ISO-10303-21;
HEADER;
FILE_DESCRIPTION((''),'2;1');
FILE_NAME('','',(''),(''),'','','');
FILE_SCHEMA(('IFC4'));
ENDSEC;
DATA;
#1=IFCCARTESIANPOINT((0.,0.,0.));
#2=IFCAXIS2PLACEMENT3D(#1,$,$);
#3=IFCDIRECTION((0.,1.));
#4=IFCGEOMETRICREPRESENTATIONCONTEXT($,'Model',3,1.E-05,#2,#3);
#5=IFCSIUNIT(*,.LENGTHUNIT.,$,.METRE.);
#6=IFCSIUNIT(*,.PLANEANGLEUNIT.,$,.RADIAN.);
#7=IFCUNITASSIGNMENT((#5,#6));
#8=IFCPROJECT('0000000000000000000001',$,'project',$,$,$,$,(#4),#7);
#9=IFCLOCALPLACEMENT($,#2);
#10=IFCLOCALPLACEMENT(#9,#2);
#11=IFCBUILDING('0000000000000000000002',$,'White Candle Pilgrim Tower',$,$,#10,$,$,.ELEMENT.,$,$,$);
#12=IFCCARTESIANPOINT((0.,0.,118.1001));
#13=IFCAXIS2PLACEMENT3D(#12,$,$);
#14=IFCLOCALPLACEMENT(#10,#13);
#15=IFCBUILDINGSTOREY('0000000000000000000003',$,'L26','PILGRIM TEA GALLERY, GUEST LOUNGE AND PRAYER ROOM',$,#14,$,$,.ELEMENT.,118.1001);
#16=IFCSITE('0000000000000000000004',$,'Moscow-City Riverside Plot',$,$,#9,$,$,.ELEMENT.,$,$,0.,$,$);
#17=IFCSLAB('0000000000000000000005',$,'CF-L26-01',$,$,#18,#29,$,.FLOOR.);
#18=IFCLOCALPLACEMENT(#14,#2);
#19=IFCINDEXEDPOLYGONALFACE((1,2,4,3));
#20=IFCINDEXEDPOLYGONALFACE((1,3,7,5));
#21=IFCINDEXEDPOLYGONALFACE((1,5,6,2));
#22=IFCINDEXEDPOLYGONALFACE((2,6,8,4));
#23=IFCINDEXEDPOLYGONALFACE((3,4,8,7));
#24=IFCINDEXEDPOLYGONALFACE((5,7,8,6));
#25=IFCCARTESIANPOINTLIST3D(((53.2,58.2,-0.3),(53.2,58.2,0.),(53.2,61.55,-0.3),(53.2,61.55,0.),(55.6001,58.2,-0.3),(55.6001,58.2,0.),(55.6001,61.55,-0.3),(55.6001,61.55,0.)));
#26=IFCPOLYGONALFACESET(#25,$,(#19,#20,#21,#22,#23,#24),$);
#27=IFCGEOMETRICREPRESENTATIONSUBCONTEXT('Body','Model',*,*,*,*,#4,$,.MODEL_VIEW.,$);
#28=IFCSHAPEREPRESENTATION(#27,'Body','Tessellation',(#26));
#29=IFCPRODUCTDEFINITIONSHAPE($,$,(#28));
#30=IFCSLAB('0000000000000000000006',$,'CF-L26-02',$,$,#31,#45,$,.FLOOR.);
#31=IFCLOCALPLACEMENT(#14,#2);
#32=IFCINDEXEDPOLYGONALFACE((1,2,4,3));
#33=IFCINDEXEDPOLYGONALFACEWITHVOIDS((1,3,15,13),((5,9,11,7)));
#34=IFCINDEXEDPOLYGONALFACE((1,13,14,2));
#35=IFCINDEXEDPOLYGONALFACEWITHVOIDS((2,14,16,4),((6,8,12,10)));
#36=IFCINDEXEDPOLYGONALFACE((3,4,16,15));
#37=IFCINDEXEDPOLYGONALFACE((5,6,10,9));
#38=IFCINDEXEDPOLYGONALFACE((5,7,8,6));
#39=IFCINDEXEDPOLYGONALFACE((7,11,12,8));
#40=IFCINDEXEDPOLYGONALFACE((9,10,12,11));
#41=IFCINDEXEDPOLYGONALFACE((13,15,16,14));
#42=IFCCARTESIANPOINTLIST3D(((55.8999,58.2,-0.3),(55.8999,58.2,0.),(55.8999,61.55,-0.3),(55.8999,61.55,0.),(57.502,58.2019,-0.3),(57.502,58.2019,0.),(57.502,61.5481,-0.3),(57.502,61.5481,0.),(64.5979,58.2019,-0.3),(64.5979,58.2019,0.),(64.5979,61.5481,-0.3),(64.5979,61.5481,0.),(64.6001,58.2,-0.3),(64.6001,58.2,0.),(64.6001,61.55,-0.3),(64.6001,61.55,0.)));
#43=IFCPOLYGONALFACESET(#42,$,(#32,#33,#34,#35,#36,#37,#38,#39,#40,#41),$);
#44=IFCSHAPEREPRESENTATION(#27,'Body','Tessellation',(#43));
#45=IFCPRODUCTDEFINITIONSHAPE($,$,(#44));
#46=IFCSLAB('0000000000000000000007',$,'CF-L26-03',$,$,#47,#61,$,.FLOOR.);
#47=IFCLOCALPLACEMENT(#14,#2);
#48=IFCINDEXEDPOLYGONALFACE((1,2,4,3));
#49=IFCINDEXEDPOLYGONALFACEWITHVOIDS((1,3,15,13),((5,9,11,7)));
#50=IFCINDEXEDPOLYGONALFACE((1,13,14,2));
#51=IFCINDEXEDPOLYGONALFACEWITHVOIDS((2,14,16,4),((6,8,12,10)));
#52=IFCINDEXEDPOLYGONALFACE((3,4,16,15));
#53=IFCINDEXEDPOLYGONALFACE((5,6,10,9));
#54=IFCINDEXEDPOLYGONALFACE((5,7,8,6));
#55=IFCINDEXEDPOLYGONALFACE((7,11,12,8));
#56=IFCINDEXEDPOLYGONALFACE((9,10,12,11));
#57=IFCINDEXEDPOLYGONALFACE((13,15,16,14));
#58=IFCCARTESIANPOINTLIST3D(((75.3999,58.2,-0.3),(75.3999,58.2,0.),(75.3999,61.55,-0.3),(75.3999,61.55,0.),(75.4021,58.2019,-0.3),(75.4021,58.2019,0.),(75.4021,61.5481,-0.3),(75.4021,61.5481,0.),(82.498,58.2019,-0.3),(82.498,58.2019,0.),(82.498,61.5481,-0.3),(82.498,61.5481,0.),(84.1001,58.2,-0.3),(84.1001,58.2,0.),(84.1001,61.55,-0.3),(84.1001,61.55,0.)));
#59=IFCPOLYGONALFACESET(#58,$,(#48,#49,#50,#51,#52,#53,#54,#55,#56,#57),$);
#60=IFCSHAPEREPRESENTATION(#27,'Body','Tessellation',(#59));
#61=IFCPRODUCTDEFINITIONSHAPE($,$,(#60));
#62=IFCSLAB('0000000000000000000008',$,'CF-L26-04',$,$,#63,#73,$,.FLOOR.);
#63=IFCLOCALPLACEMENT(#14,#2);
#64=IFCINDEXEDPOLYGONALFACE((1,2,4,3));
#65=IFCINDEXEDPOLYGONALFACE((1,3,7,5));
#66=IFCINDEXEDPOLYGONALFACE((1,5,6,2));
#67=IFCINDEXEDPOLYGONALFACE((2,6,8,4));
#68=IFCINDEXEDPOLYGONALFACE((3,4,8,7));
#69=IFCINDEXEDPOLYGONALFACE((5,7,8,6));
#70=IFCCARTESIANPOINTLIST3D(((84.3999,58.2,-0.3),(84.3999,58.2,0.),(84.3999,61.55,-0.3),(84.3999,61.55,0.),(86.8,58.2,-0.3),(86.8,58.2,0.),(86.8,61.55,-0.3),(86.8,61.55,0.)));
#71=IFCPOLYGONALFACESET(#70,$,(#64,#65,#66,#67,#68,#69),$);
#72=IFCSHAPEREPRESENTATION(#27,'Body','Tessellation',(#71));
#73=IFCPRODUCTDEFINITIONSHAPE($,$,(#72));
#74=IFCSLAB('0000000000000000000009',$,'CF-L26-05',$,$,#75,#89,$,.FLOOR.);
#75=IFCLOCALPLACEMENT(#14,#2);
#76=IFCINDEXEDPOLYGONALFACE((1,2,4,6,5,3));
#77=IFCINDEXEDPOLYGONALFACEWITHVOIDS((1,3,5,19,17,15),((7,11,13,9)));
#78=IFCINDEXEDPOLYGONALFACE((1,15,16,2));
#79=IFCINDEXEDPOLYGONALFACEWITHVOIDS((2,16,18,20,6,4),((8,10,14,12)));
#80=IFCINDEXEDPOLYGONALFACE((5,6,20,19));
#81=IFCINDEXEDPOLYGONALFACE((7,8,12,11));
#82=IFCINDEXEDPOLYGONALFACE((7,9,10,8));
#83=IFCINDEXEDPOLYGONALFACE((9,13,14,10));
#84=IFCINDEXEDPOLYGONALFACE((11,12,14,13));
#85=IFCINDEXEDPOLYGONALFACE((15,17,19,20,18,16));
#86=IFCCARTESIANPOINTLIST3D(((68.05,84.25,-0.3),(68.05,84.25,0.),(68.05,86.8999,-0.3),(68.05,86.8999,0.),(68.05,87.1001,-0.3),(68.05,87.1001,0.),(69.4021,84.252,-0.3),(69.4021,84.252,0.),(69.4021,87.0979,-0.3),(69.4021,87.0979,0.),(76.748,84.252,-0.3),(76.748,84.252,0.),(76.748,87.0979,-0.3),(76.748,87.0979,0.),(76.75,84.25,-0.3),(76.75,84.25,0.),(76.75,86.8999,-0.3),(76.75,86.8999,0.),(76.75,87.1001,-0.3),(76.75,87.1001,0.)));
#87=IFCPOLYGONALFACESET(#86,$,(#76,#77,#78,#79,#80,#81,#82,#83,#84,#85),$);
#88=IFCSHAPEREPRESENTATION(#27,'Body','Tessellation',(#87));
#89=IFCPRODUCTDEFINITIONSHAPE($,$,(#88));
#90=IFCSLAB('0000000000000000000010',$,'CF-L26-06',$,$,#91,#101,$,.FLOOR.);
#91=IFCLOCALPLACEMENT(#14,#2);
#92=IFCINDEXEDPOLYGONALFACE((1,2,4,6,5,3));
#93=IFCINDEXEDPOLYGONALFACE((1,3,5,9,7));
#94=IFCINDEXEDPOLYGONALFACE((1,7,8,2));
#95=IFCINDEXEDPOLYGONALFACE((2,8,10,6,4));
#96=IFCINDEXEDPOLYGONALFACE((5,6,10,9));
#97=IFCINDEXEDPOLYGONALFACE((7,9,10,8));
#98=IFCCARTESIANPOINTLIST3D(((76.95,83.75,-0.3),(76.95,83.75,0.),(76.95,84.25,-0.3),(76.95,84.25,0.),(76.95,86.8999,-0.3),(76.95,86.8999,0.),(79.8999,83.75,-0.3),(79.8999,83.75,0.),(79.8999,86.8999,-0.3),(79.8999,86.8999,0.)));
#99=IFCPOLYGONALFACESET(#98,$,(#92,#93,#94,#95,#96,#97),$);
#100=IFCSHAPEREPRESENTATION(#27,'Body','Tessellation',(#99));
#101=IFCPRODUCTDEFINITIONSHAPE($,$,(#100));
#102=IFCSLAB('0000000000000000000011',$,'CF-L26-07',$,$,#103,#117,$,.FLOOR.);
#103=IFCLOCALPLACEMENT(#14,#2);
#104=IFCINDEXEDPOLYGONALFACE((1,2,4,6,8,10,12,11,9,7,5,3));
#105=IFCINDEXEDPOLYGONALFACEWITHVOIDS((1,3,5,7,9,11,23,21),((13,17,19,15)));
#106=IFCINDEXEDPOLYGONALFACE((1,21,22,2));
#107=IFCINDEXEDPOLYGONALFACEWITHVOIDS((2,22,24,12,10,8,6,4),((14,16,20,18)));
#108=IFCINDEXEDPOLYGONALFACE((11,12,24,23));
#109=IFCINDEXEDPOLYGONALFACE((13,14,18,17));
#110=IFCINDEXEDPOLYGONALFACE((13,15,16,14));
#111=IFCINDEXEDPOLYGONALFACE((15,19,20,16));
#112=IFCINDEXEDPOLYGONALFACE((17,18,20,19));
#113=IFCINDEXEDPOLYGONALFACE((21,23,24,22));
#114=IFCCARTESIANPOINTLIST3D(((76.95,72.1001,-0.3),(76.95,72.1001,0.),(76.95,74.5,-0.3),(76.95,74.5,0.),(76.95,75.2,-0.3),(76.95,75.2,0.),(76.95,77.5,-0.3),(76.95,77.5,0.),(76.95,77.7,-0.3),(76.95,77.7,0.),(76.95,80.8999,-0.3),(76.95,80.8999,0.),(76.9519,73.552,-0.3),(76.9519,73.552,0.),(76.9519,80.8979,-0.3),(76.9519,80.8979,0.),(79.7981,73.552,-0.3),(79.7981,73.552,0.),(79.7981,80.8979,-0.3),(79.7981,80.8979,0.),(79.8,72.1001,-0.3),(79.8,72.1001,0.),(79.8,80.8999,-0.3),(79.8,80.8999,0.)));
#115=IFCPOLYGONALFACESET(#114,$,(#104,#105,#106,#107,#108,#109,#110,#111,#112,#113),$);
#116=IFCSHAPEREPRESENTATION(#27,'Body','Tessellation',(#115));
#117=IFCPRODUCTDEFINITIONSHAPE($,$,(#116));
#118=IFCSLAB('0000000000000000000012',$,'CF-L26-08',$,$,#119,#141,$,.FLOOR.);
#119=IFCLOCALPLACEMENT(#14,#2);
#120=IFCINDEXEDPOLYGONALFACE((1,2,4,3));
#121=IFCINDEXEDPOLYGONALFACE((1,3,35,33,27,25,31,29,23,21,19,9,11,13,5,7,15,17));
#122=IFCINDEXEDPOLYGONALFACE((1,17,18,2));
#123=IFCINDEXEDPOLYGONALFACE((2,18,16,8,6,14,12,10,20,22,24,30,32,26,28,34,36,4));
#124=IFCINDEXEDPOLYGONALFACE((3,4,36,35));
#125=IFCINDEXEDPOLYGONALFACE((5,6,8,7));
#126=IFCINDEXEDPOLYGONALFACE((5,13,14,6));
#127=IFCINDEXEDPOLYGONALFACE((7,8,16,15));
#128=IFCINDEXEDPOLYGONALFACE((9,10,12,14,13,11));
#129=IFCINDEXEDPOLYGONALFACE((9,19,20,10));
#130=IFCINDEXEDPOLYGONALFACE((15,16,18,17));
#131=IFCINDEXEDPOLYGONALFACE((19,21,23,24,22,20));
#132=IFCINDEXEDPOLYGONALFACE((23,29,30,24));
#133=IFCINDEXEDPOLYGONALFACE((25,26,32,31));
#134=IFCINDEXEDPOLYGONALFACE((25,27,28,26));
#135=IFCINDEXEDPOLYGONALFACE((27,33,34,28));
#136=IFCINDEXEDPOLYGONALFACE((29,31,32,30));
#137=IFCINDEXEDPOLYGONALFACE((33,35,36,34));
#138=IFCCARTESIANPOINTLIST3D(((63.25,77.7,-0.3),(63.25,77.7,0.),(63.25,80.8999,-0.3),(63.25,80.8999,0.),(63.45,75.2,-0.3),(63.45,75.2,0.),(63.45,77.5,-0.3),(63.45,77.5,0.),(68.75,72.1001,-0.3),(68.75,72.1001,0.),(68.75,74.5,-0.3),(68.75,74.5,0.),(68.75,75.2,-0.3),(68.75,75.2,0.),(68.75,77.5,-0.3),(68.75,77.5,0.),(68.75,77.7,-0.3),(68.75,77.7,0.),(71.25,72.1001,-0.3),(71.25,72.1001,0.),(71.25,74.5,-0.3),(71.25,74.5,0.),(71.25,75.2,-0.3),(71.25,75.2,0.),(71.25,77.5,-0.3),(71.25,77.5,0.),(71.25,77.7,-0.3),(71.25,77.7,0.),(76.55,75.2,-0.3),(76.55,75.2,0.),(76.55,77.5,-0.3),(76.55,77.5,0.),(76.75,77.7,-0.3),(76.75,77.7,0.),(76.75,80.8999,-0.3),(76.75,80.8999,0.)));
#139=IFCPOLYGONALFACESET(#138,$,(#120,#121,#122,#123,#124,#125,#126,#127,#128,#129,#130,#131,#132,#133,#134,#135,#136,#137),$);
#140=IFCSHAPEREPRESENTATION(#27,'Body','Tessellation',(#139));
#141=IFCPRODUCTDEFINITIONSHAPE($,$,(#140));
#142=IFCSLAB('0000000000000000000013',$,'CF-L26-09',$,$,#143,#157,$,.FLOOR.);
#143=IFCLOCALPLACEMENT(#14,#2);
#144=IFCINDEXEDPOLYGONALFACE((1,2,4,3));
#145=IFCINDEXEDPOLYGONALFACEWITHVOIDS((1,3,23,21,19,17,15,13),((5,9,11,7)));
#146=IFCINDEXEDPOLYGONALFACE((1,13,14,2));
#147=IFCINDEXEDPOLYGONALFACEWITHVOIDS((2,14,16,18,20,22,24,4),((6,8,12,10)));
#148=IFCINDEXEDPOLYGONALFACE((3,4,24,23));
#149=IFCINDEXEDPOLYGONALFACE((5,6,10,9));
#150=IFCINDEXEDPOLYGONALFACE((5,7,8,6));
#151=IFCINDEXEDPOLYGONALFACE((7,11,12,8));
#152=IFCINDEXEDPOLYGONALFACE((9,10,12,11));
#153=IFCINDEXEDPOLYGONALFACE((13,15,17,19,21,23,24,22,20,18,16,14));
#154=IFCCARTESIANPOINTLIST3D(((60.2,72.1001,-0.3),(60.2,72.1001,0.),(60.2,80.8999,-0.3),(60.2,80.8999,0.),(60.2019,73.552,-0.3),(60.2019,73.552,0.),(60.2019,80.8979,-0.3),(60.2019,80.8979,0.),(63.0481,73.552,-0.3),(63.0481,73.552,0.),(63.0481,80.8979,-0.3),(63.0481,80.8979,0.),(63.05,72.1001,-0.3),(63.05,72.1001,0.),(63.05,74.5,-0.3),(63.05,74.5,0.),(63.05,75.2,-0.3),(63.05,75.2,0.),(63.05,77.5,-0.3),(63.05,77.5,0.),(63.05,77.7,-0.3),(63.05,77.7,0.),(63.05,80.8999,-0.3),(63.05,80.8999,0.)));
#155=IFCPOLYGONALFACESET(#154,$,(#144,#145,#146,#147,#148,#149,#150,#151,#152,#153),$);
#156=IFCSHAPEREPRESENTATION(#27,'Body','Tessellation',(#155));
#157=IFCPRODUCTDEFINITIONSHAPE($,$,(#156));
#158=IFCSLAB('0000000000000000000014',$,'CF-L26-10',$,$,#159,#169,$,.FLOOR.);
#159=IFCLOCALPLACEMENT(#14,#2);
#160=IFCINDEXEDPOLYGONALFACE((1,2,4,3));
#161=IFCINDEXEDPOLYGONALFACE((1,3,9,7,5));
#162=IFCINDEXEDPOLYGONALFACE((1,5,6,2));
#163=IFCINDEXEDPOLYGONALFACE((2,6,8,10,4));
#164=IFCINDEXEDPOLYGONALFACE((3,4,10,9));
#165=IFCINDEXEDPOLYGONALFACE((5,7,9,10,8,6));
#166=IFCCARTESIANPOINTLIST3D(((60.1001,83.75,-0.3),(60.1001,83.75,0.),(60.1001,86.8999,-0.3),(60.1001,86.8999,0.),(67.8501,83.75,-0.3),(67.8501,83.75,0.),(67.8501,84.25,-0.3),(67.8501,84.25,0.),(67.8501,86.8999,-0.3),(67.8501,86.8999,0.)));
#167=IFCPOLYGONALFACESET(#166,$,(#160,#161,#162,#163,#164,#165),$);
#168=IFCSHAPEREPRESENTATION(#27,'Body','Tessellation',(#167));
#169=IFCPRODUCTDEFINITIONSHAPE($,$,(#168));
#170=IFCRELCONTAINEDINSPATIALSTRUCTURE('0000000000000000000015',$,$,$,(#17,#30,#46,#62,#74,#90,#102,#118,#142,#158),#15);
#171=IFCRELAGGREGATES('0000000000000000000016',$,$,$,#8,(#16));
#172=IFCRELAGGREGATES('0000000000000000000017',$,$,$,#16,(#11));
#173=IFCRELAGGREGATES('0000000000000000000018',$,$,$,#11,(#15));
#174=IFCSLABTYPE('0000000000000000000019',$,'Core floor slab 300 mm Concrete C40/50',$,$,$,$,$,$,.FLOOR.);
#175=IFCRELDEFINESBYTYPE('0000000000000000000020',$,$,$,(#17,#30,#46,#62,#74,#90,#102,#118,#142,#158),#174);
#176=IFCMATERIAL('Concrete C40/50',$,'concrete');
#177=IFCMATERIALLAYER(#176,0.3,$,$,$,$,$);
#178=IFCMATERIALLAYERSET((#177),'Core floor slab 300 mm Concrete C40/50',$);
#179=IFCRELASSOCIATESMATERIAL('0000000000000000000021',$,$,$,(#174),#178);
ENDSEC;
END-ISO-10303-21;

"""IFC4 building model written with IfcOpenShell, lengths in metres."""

from ifc_helpers import new_model, si_unit, direction, frame, origin, place, context, subcontext, project, spatial, polyline, outline, extrude, material, layer, layer_set, type_object, element, save


model = new_model("IFC4")

# Units and contexts
model_context = context("Model", 3, precision=1e-05, world=origin(), true_north=direction((0.0, 1.0)))
body_context = subcontext(model_context, "Body", "Model", "MODEL_VIEW")
ifc_project = project(units=[si_unit("LENGTHUNIT", "METRE"), si_unit("PLANEANGLEUNIT", "RADIAN")], contexts=[model_context])

# Site, building, storey
site_placement = place(None, origin())
site = spatial("IfcSite", under=ifc_project, at=site_placement, Name="Moscow-City Riverside Plot", CompositionType="ELEMENT", RefElevation=0.0)
building_placement = place(site_placement, origin())
building = spatial("IfcBuilding", under=site, at=building_placement, Name="White Candle Pilgrim Tower", CompositionType="ELEMENT")
storey_placement = place(building_placement, frame((0.0, 0.0, 118.1001)))
storey = spatial("IfcBuildingStorey", under=building, at=storey_placement, Name="L26", Description="PILGRIM TEA GALLERY, GUEST LOUNGE AND PRAYER ROOM", CompositionType="ELEMENT", Elevation=118.1001)

# Slabs
ifc_material = material(Name="Concrete C40/50", Category="concrete")
ifc_layer_1 = layer(ifc_material, 0.3)
ifc_layer_set_1 = layer_set([ifc_layer_1], Name="Core floor slab 300 mm Concrete C40/50")
slab_type_1 = type_object("IfcSlabType", Name="Core floor slab 300 mm Concrete C40/50", PredefinedType="FLOOR", material=ifc_layer_set_1)
slab_1_placement = place(storey_placement, frame((0.0, 0.0, -0.3)))
element("IfcSlab", 1, at=slab_1_placement, inside=storey, type_object=slab_type_1, Name="CF-L26-01", PredefinedType="FLOOR", context=body_context, shape_type="SweptSolid", body=[
    extrude(outline(polyline([(55.6001, 58.2), (53.2, 58.2), (53.2, 61.55), (55.6001, 61.55), (55.6001, 58.2)])), origin(), (0.0, 0.0, 1.0), 0.3),
])
slab_2_placement = place(storey_placement, frame((0.0, 0.0, -0.3)))
element("IfcSlab", 2, at=slab_2_placement, inside=storey, type_object=slab_type_1, Name="CF-L26-02", PredefinedType="FLOOR", context=body_context, shape_type="SweptSolid", body=[
    extrude(outline(polyline([(55.8999, 58.2), (55.8999, 61.55), (64.6001, 61.55), (64.6001, 58.2), (55.8999, 58.2)]), holes=[polyline([(57.502, 61.5481), (57.502, 58.2019), (64.5979, 58.2019), (64.5979, 61.5481), (57.502, 61.5481)])]), origin(), (0.0, 0.0, 1.0), 0.3),
])
slab_3_placement = place(storey_placement, frame((0.0, 0.0, -0.3)))
element("IfcSlab", 3, at=slab_3_placement, inside=storey, type_object=slab_type_1, Name="CF-L26-03", PredefinedType="FLOOR", context=body_context, shape_type="SweptSolid", body=[
    extrude(outline(polyline([(75.3999, 58.2), (75.3999, 61.55), (84.1001, 61.55), (84.1001, 58.2), (75.3999, 58.2)]), holes=[polyline([(82.498, 58.2019), (82.498, 61.5481), (75.4021, 61.5481), (75.4021, 58.2019), (82.498, 58.2019)])]), origin(), (0.0, 0.0, 1.0), 0.3),
])
slab_4_placement = place(storey_placement, frame((0.0, 0.0, -0.3)))
element("IfcSlab", 4, at=slab_4_placement, inside=storey, type_object=slab_type_1, Name="CF-L26-04", PredefinedType="FLOOR", context=body_context, shape_type="SweptSolid", body=[
    extrude(outline(polyline([(86.8, 58.2), (84.3999, 58.2), (84.3999, 61.55), (86.8, 61.55), (86.8, 58.2)])), origin(), (0.0, 0.0, 1.0), 0.3),
])
slab_5_placement = place(storey_placement, frame((0.0, 0.0, -0.3)))
element("IfcSlab", 5, at=slab_5_placement, inside=storey, type_object=slab_type_1, Name="CF-L26-05", PredefinedType="FLOOR", context=body_context, shape_type="SweptSolid", body=[
    extrude(outline(polyline([(76.75, 87.1001), (76.75, 86.8999), (76.75, 84.25), (68.05, 84.25), (68.05, 86.8999), (68.05, 87.1001), (76.75, 87.1001)]), holes=[polyline([(69.4021, 87.0979), (69.4021, 84.252), (76.748, 84.252), (76.748, 87.0979), (69.4021, 87.0979)])]), origin(), (0.0, 0.0, 1.0), 0.3),
])
slab_6_placement = place(storey_placement, frame((0.0, 0.0, -0.3)))
element("IfcSlab", 6, at=slab_6_placement, inside=storey, type_object=slab_type_1, Name="CF-L26-06", PredefinedType="FLOOR", context=body_context, shape_type="SweptSolid", body=[
    extrude(outline(polyline([(79.8999, 86.8999), (79.8999, 83.75), (76.95, 83.75), (76.95, 84.25), (76.95, 86.8999), (79.8999, 86.8999)])), origin(), (0.0, 0.0, 1.0), 0.3),
])
slab_7_placement = place(storey_placement, frame((0.0, 0.0, -0.3)))
element("IfcSlab", 7, at=slab_7_placement, inside=storey, type_object=slab_type_1, Name="CF-L26-07", PredefinedType="FLOOR", context=body_context, shape_type="SweptSolid", body=[
    extrude(outline(polyline([(76.95, 72.1001), (76.95, 74.5), (76.95, 75.2), (76.95, 77.5), (76.95, 77.7), (76.95, 80.8999), (79.8, 80.8999), (79.8, 72.1001), (76.95, 72.1001)]), holes=[polyline([(76.9519, 73.552), (79.7981, 73.552), (79.7981, 80.8979), (76.9519, 80.8979), (76.9519, 73.552)])]), origin(), (0.0, 0.0, 1.0), 0.3),
])
slab_8_placement = place(storey_placement, frame((0.0, 0.0, -0.3)))
element("IfcSlab", 8, at=slab_8_placement, inside=storey, type_object=slab_type_1, Name="CF-L26-08", PredefinedType="FLOOR", context=body_context, shape_type="SweptSolid", body=[
    extrude(outline(polyline([(68.75, 72.1001), (68.75, 74.5), (68.75, 75.2), (63.45, 75.2), (63.45, 77.5), (68.75, 77.5), (68.75, 77.7), (63.25, 77.7), (63.25, 80.8999), (76.75, 80.8999), (76.75, 77.7), (71.25, 77.7), (71.25, 77.5), (76.55, 77.5), (76.55, 75.2), (71.25, 75.2), (71.25, 74.5), (71.25, 72.1001), (68.75, 72.1001)])), origin(), (0.0, 0.0, 1.0), 0.3),
])
slab_9_placement = place(storey_placement, frame((0.0, 0.0, -0.3)))
element("IfcSlab", 9, at=slab_9_placement, inside=storey, type_object=slab_type_1, Name="CF-L26-09", PredefinedType="FLOOR", context=body_context, shape_type="SweptSolid", body=[
    extrude(outline(polyline([(60.2, 72.1001), (60.2, 80.8999), (63.05, 80.8999), (63.05, 77.7), (63.05, 77.5), (63.05, 75.2), (63.05, 74.5), (63.05, 72.1001), (60.2, 72.1001)]), holes=[polyline([(60.2019, 73.552), (63.0481, 73.552), (63.0481, 80.8979), (60.2019, 80.8979), (60.2019, 73.552)])]), origin(), (0.0, 0.0, 1.0), 0.3),
])
slab_10_placement = place(storey_placement, frame((0.0, 0.0, -0.3)))
element("IfcSlab", 10, at=slab_10_placement, inside=storey, type_object=slab_type_1, Name="CF-L26-10", PredefinedType="FLOOR", context=body_context, shape_type="SweptSolid", body=[
    extrude(outline(polyline([(60.1001, 86.8999), (67.8501, 86.8999), (67.8501, 84.25), (67.8501, 83.75), (60.1001, 83.75), (60.1001, 86.8999)])), origin(), (0.0, 0.0, 1.0), 0.3),
])

save(model, "model.ifc")
